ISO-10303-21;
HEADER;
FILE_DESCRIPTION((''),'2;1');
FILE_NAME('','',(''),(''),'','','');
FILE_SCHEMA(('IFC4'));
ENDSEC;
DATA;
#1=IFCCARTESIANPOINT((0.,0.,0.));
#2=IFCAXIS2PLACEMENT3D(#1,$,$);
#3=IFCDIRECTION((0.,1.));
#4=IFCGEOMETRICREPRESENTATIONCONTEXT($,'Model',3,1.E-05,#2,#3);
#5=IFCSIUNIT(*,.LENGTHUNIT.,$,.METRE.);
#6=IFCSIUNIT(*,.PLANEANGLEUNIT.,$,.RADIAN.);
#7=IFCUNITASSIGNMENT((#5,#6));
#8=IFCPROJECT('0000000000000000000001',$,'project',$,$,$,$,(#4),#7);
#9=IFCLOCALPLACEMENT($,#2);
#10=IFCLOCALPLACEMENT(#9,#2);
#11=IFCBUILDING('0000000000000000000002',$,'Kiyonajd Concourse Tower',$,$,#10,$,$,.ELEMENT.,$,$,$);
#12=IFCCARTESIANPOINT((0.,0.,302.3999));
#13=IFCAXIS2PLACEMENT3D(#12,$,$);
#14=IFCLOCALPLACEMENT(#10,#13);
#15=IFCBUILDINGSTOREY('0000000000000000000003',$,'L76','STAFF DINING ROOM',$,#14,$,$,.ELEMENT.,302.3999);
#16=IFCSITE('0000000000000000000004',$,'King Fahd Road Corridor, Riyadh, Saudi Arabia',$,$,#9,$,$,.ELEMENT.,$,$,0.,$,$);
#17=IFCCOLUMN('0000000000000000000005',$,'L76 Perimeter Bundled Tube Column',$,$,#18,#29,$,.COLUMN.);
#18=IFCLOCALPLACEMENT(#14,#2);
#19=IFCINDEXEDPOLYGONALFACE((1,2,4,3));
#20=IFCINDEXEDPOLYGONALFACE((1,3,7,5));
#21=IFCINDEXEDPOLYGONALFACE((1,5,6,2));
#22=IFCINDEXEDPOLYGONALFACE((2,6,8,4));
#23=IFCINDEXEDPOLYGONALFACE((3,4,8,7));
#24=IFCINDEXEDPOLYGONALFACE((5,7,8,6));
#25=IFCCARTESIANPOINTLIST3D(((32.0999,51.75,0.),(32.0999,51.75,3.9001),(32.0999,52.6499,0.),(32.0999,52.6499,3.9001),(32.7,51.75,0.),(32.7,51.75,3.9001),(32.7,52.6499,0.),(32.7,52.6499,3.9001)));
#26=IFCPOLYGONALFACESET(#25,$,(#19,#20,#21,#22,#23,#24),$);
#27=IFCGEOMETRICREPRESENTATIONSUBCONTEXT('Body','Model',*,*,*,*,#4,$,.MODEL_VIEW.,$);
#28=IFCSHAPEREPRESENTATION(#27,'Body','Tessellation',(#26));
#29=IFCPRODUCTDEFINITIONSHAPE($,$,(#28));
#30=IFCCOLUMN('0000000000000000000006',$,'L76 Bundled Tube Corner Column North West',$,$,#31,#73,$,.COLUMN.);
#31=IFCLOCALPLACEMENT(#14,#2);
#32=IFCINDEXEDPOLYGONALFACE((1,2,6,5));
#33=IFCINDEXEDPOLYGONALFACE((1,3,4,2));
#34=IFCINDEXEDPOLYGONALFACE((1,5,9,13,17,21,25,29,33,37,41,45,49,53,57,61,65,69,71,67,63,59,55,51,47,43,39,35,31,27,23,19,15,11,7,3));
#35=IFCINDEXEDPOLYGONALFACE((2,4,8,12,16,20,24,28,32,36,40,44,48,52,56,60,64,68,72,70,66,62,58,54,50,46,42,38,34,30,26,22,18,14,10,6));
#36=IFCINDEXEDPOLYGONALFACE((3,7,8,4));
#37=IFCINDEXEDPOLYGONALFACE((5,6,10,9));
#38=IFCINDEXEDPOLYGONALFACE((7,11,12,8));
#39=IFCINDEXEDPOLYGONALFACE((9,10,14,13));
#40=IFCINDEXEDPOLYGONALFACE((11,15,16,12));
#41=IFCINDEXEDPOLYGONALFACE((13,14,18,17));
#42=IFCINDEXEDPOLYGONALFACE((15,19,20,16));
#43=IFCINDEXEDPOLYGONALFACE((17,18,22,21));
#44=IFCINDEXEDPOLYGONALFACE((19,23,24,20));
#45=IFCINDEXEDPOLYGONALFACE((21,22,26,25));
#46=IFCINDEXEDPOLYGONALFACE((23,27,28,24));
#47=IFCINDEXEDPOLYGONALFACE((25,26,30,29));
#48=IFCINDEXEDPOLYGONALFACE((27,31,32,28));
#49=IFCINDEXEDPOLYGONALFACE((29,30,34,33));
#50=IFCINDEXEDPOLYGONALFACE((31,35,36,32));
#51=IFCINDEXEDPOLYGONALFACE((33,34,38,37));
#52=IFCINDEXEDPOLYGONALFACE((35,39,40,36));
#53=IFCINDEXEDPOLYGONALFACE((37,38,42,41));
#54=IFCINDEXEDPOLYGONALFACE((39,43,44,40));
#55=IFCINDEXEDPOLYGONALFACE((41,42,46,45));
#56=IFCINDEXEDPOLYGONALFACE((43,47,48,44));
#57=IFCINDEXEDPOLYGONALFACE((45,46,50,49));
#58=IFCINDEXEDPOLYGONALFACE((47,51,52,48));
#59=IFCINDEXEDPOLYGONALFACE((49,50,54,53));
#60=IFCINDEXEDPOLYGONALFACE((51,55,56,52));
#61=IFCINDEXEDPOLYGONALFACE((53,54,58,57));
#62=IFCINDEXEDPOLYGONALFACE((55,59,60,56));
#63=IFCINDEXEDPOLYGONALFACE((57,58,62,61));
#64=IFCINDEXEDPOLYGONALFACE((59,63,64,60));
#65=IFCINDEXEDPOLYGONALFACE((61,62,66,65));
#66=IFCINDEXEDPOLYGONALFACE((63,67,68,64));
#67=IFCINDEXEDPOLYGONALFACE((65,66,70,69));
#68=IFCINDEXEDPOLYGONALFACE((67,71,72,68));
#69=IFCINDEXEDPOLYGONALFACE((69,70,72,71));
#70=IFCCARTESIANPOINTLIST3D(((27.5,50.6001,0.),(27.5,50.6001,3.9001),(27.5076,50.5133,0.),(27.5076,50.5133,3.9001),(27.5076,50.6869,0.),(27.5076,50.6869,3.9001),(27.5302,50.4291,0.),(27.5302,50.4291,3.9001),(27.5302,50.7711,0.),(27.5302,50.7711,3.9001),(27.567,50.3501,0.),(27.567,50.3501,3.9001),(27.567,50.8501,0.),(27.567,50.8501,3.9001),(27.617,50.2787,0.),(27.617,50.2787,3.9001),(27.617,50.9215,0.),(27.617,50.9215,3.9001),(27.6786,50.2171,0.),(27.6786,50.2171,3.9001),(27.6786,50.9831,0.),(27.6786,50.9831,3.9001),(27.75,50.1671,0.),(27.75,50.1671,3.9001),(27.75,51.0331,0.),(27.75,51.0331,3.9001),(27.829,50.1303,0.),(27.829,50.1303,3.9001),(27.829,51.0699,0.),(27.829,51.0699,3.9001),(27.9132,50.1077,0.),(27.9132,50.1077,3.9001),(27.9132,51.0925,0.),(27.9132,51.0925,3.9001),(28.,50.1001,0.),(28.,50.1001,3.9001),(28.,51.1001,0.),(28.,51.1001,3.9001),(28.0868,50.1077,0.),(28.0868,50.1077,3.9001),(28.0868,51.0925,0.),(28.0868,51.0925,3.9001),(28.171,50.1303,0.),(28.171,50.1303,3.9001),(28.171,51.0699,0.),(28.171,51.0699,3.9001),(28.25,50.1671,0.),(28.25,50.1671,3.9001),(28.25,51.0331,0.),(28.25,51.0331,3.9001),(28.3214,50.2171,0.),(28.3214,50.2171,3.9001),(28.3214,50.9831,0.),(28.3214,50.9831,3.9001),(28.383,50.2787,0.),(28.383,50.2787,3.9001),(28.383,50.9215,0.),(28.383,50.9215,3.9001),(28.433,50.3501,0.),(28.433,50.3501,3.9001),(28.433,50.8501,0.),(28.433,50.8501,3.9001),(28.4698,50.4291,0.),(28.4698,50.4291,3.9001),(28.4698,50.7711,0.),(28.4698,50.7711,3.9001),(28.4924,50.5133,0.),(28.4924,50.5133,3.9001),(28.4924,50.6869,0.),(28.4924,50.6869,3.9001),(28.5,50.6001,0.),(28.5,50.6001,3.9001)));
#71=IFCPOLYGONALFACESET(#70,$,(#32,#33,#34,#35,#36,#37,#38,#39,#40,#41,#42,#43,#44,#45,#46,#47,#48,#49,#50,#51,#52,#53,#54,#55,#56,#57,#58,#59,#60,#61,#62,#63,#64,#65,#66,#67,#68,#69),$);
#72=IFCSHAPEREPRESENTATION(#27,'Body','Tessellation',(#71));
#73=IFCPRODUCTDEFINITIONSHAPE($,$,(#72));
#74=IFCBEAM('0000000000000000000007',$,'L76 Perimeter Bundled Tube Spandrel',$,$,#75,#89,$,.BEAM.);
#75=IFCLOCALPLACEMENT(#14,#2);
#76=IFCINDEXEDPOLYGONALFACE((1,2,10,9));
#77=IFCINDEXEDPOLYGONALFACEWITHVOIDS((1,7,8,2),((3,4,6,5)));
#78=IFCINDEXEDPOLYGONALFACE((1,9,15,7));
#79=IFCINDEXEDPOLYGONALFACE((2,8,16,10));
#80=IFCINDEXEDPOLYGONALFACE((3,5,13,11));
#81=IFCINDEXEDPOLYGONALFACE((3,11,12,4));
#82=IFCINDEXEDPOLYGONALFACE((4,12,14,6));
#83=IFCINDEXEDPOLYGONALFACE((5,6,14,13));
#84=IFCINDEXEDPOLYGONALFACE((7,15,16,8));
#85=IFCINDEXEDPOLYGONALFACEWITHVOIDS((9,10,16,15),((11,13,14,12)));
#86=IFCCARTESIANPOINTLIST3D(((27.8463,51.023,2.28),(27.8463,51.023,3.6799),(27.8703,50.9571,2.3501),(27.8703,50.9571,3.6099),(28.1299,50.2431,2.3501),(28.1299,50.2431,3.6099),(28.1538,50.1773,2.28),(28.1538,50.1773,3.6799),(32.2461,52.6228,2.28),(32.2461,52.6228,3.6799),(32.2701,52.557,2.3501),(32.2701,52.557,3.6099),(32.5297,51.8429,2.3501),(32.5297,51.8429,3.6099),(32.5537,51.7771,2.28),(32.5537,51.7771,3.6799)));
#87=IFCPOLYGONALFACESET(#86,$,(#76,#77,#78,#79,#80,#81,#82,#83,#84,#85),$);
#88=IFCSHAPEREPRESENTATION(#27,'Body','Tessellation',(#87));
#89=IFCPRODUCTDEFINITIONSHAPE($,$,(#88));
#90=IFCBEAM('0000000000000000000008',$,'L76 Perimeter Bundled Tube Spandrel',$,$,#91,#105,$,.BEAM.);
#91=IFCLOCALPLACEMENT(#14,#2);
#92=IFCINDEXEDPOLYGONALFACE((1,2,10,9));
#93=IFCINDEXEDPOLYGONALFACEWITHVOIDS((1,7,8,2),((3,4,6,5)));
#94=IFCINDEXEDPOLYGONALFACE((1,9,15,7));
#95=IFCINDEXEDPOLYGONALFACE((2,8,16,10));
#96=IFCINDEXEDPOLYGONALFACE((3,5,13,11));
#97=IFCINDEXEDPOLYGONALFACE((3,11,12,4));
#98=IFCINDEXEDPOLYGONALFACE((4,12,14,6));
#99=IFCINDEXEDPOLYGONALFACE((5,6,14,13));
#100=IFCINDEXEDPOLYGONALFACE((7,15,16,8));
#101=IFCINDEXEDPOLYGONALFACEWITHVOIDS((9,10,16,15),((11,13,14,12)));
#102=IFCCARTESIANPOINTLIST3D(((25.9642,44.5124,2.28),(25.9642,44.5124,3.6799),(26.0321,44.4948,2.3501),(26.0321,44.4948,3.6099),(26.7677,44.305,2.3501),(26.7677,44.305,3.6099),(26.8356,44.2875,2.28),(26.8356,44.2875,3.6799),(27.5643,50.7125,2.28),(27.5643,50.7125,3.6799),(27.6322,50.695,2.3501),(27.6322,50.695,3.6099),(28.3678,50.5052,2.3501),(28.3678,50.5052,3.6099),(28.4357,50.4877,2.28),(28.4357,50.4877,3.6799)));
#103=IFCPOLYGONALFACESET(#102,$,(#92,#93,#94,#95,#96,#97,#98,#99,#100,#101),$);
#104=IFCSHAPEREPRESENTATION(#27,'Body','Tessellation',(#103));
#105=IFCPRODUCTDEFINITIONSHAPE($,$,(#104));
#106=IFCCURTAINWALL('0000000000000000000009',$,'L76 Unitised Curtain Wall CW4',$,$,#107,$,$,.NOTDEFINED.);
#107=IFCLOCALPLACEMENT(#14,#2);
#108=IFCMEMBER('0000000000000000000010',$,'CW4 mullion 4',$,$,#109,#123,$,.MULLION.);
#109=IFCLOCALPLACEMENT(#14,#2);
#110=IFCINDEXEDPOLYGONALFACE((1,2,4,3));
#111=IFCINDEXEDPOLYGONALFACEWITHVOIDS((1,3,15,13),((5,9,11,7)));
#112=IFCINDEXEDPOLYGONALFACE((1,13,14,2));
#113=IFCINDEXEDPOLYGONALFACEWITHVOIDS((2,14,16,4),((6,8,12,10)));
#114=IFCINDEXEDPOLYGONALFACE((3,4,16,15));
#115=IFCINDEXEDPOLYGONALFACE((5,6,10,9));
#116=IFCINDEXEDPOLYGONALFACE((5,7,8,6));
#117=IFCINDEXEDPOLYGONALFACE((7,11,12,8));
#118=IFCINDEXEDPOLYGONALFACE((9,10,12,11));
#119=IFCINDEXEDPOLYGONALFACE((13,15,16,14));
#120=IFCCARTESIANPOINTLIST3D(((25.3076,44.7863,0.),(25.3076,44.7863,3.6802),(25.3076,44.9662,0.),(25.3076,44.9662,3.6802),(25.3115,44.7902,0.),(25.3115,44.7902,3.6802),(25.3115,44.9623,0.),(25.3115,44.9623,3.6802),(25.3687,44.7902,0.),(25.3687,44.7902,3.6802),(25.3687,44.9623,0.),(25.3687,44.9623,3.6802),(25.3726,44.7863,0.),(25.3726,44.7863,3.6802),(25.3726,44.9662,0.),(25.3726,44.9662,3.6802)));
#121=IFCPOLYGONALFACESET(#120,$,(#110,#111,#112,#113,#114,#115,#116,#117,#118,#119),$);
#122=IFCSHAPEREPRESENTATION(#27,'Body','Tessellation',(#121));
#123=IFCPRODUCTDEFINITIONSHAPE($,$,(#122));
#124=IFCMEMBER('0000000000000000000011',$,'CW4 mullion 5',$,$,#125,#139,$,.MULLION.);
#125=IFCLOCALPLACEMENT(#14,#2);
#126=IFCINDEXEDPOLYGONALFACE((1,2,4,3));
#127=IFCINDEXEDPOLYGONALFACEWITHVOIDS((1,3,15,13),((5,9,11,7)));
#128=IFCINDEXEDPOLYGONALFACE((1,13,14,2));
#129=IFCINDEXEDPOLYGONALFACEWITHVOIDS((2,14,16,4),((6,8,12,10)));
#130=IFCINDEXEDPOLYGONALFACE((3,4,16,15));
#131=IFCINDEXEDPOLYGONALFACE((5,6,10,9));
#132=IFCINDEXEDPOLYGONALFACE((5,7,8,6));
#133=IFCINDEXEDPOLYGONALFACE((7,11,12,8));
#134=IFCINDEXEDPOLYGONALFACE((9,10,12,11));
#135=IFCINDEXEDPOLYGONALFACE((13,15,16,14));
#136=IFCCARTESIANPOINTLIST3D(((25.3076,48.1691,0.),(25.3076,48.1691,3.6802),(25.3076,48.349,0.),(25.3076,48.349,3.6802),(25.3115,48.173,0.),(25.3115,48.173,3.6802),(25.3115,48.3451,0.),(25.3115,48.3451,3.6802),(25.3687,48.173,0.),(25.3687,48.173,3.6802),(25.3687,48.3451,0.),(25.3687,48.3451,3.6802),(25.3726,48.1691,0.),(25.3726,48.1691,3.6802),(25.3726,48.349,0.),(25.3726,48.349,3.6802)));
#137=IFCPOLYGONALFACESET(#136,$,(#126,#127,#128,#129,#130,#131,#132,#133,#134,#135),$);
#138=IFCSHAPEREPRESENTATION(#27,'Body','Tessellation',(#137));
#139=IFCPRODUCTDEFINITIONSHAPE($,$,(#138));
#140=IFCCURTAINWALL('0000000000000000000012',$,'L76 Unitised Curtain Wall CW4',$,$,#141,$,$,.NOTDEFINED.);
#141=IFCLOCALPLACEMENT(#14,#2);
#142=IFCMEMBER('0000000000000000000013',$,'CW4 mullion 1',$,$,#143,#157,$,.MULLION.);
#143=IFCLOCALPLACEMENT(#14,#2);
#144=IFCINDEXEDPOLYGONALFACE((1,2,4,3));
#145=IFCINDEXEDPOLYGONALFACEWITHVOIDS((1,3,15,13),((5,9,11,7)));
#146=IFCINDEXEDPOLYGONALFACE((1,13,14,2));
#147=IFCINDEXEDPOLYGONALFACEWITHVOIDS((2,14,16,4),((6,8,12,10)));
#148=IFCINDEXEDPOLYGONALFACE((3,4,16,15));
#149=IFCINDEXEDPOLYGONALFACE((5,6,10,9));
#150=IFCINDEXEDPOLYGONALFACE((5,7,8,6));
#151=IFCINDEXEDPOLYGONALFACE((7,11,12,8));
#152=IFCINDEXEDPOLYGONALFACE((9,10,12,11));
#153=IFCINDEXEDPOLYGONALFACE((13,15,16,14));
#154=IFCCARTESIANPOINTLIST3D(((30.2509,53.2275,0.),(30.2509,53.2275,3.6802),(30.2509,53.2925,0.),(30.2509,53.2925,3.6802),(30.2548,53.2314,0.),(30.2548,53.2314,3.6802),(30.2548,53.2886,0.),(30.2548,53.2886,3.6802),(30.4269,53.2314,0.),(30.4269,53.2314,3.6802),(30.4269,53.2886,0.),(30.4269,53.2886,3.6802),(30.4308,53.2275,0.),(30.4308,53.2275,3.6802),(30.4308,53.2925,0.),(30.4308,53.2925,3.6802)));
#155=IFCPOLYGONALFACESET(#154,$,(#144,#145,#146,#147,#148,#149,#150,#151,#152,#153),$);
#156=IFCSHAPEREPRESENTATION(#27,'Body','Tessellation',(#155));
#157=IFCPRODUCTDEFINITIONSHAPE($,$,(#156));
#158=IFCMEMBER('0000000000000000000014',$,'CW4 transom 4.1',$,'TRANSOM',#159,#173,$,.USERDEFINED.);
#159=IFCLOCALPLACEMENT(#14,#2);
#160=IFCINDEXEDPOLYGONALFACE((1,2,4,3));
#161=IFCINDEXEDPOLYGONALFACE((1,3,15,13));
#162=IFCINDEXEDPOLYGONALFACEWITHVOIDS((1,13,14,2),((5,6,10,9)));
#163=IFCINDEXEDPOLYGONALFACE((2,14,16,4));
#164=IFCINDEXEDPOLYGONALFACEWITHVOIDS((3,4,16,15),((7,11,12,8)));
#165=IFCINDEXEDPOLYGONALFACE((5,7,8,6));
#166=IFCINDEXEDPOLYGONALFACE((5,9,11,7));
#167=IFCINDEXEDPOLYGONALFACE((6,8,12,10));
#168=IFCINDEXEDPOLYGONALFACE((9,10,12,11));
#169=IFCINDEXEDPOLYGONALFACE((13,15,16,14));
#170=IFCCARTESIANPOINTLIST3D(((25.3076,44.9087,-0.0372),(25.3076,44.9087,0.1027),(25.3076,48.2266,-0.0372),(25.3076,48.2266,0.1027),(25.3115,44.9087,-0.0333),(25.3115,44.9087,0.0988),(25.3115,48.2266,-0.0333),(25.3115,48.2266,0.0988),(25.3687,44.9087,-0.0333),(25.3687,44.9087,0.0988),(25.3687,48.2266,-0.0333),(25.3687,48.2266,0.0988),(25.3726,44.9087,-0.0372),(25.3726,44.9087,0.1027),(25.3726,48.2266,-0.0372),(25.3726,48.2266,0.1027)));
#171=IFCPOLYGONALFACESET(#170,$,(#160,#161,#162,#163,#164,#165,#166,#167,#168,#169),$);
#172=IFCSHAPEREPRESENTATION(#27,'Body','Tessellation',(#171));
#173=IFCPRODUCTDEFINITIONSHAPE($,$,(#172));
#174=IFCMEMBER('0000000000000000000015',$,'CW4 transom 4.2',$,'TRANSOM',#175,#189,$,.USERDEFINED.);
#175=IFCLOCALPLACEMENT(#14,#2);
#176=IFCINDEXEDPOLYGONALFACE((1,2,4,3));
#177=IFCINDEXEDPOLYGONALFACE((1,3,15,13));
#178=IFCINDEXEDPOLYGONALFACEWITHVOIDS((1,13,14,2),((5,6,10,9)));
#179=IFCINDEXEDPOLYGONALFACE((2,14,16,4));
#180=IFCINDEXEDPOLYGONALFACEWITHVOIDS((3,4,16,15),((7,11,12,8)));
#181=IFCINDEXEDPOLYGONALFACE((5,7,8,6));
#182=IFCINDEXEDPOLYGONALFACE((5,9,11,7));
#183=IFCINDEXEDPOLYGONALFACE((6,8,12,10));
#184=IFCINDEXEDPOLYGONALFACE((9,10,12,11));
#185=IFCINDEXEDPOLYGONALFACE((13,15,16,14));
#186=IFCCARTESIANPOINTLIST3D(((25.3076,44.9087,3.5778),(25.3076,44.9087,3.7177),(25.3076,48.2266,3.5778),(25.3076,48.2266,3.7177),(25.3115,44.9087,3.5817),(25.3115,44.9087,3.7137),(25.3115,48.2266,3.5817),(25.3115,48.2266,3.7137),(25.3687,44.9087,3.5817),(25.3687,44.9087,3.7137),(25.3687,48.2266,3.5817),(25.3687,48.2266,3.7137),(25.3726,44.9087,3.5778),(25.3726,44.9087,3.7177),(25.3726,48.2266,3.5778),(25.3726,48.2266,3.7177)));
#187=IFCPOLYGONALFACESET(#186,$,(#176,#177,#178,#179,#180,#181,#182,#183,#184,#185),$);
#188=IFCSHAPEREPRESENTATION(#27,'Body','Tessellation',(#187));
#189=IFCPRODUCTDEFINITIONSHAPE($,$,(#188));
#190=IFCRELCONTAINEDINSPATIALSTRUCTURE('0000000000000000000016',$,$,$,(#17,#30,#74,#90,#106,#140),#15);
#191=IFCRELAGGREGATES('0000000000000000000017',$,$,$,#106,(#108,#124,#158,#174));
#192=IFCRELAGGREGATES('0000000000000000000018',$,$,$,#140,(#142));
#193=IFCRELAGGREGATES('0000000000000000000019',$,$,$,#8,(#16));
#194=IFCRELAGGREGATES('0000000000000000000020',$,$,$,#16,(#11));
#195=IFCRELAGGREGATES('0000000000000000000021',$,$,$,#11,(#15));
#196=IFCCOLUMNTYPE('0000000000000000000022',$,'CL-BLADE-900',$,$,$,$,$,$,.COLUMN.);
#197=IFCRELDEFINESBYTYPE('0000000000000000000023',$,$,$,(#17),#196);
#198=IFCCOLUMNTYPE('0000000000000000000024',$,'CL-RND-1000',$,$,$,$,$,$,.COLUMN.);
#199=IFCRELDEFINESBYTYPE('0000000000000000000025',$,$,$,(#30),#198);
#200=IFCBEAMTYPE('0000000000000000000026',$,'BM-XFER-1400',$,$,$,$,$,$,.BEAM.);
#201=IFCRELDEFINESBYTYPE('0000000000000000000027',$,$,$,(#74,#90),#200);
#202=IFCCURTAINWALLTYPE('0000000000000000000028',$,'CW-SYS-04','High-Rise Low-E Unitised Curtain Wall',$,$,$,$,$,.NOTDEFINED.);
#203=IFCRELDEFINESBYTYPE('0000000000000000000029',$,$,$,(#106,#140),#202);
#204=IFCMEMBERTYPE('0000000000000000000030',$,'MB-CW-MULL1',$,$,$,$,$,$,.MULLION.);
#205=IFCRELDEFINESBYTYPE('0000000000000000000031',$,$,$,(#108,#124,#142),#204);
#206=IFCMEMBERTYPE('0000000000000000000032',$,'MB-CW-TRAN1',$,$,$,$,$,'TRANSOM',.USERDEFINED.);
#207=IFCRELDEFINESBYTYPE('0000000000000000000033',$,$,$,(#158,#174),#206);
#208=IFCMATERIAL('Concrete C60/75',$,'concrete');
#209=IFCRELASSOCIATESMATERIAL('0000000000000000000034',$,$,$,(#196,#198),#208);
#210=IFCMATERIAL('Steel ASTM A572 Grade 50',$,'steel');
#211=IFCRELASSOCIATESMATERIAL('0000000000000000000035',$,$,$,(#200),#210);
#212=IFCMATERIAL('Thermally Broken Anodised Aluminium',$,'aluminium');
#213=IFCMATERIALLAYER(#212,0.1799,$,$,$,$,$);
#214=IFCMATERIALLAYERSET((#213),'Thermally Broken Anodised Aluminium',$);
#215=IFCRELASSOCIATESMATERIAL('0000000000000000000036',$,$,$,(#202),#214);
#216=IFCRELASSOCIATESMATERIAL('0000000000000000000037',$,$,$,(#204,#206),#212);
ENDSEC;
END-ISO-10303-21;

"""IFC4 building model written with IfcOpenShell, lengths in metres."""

from ifc_helpers import new_model, si_unit, direction, frame, origin, origin_2d, place, context, subcontext, project, spatial, rectangle, hollow_rectangle, circle, extrude, material, layer, layer_set, material_profile, profile_set, type_object, element, aggregate, save


model = new_model("IFC4")

# Units and contexts
model_context = context("Model", 3, precision=1e-05, world=origin(), true_north=direction((0.0, 1.0)))
body_context = subcontext(model_context, "Body", "Model", "MODEL_VIEW")
ifc_project = project(units=[si_unit("LENGTHUNIT", "METRE"), si_unit("PLANEANGLEUNIT", "RADIAN")], contexts=[model_context])

# Site, building, storey
site_placement = place(None, origin())
site = spatial("IfcSite", under=ifc_project, at=site_placement, Name="King Fahd Road Corridor, Riyadh, Saudi Arabia", CompositionType="ELEMENT", RefElevation=0.0)
building_placement = place(site_placement, origin())
building = spatial("IfcBuilding", under=site, at=building_placement, Name="Kiyonajd Concourse Tower", CompositionType="ELEMENT")
storey_placement = place(building_placement, frame((0.0, 0.0, 302.3999)))
storey = spatial("IfcBuildingStorey", under=building, at=storey_placement, Name="L76", Description="STAFF DINING ROOM", CompositionType="ELEMENT", Elevation=302.3999)

# Columns
ifc_material_1 = material(Name="Concrete C60/75", Category="concrete")
ifc_material_profile_1 = material_profile(ifc_material_1, rectangle(XDim=0.6001, YDim=0.8999, at=origin_2d()), Name="RC-900x600")
ifc_profile_set_1 = profile_set([ifc_material_profile_1], Name="Concrete C60/75")
column_type_1 = type_object("IfcColumnType", Name="CL-BLADE-900", PredefinedType="COLUMN", material=ifc_profile_set_1)
column_1_placement = place(storey_placement, frame((32.3999, 52.2, 0.0), z_axis=(0.0, 0.0, 1.0), x_axis=(1.0, 0.0, 0.0)))
element("IfcColumn", 1, at=column_1_placement, inside=storey, type_object=column_type_1, Name="L76 Perimeter Bundled Tube Column", PredefinedType="COLUMN", context=body_context, shape_type="SweptSolid", body=[
    extrude(rectangle(XDim=0.6001, YDim=0.8999, at=origin_2d()), origin(), (0.0, 0.0, 1.0), 3.9001),
])
ifc_material_profile_2 = material_profile(ifc_material_1, circle(Radius=0.5, at=origin_2d()), Name="RCC-D1000")
ifc_profile_set_2 = profile_set([ifc_material_profile_2], Name="Concrete C60/75")
column_type_2 = type_object("IfcColumnType", Name="CL-RND-1000", PredefinedType="COLUMN", material=ifc_profile_set_2)
column_2_placement = place(storey_placement, frame((28.0, 50.6001, 0.0), z_axis=(0.0, 0.0, 1.0), x_axis=(1.0, 0.0, 0.0)))
element("IfcColumn", 2, at=column_2_placement, inside=storey, type_object=column_type_2, Name="L76 Bundled Tube Corner Column North West", PredefinedType="COLUMN", context=body_context, shape_type="SweptSolid", body=[
    extrude(circle(Radius=0.5, at=origin_2d()), origin(), (0.0, 0.0, 1.0), 3.9001),
])

# Beams
ifc_material_2 = material(Name="Steel ASTM A572 Grade 50", Category="steel")
ifc_material_profile_3 = material_profile(ifc_material_2, hollow_rectangle(XDim=0.8999, YDim=1.3999, WallThickness=0.0701, at=origin_2d()), Name="BOX-1400x900x70")
ifc_profile_set_3 = profile_set([ifc_material_profile_3], Name="Steel ASTM A572 Grade 50")
beam_type = type_object("IfcBeamType", Name="BM-XFER-1400", PredefinedType="BEAM", material=ifc_profile_set_3)
beam_1_placement = place(storey_placement, frame((32.3999, 52.2, 2.98), z_axis=(-0.939801, -0.341722, 0.0), x_axis=(0.341722, -0.939801, 0.0)))
element("IfcBeam", 3, at=beam_1_placement, inside=storey, type_object=beam_type, Name="L76 Perimeter Bundled Tube Spandrel", PredefinedType="BEAM", context=body_context, shape_type="SweptSolid", body=[
    extrude(hollow_rectangle(XDim=0.8999, YDim=1.3999, WallThickness=0.0701, at=origin_2d()), origin(), (0.0, 0.0, 1.0), 4.6816),
])
beam_2_placement = place(storey_placement, frame((28.0, 50.6001, 2.98), z_axis=(-0.249885, -0.968276, 0.0), x_axis=(0.968276, -0.249885, 0.0)))
element("IfcBeam", 4, at=beam_2_placement, inside=storey, type_object=beam_type, Name="L76 Perimeter Bundled Tube Spandrel", PredefinedType="BEAM", context=body_context, shape_type="SweptSolid", body=[
    extrude(hollow_rectangle(XDim=0.8999, YDim=1.3999, WallThickness=0.0701, at=origin_2d()), origin(), (0.0, 0.0, 1.0), 6.4033),
])

# Curtain wall, members
ifc_material_3 = material(Name="Thermally Broken Anodised Aluminium", Category="aluminium")
ifc_layer_1 = layer(ifc_material_3, 0.1799)
ifc_layer_set_1 = layer_set([ifc_layer_1], Name="Thermally Broken Anodised Aluminium")
curtain_wall_type = type_object("IfcCurtainWallType", Name="CW-SYS-04", Description="High-Rise Low-E Unitised Curtain Wall", PredefinedType="NOTDEFINED", material=ifc_layer_set_1)
curtain_wall_1_placement = place(storey_placement, origin())
curtain_wall_1 = element("IfcCurtainWall", 5, at=curtain_wall_1_placement, inside=storey, type_object=curtain_wall_type, Name="L76 Unitised Curtain Wall CW4", PredefinedType="NOTDEFINED")
ifc_material_profile_4 = material_profile(ifc_material_3, hollow_rectangle(XDim=0.0649, YDim=0.1799, WallThickness=0.0039, at=origin_2d()), Name="MULL-65x180")
ifc_profile_set_4 = profile_set([ifc_material_profile_4], Name="Thermally Broken Anodised Aluminium")
member_type_1 = type_object("IfcMemberType", Name="MB-CW-MULL1", PredefinedType="MULLION", material=ifc_profile_set_4)
member_1_placement = place(storey_placement, frame((25.3401, 44.8762, 0.0), z_axis=(0.0, 0.0, 1.0), x_axis=(-1.0, 0.0, 0.0)))
member_1 = element("IfcMember", 6, at=member_1_placement, type_object=member_type_1, Name="CW4 mullion 4", PredefinedType="MULLION", context=body_context, shape_type="SweptSolid", body=[
    extrude(hollow_rectangle(XDim=0.0649, YDim=0.1799, WallThickness=0.0039, at=origin_2d()), origin(), (0.0, 0.0, 1.0), 3.6802),
])
member_2_placement = place(storey_placement, frame((25.3401, 48.259, 0.0), z_axis=(0.0, 0.0, 1.0), x_axis=(-1.0, 0.0, 0.0)))
member_2 = element("IfcMember", 7, at=member_2_placement, type_object=member_type_1, Name="CW4 mullion 5", PredefinedType="MULLION", context=body_context, shape_type="SweptSolid", body=[
    extrude(hollow_rectangle(XDim=0.0649, YDim=0.1799, WallThickness=0.0039, at=origin_2d()), origin(), (0.0, 0.0, 1.0), 3.6802),
])

# Curtain wall, member
curtain_wall_2_placement = place(storey_placement, origin())
curtain_wall_2 = element("IfcCurtainWall", 8, at=curtain_wall_2_placement, inside=storey, type_object=curtain_wall_type, Name="L76 Unitised Curtain Wall CW4", PredefinedType="NOTDEFINED")
member_3_placement = place(storey_placement, frame((30.3408, 53.26, 0.0), z_axis=(0.0, 0.0, 1.0), x_axis=(0.0, 1.0, 0.0)))
member_3 = element("IfcMember", 9, at=member_3_placement, type_object=member_type_1, Name="CW4 mullion 1", PredefinedType="MULLION", context=body_context, shape_type="SweptSolid", body=[
    extrude(hollow_rectangle(XDim=0.0649, YDim=0.1799, WallThickness=0.0039, at=origin_2d()), origin(), (0.0, 0.0, 1.0), 3.6802),
])

# Members
ifc_material_profile_5 = material_profile(ifc_material_3, hollow_rectangle(XDim=0.0649, YDim=0.1399, WallThickness=0.0039, at=origin_2d()), Name="TRAN-65x140")
ifc_profile_set_5 = profile_set([ifc_material_profile_5], Name="Thermally Broken Anodised Aluminium")
member_type_2 = type_object("IfcMemberType", Name="MB-CW-TRAN1", ElementType="TRANSOM", PredefinedType="USERDEFINED", material=ifc_profile_set_5)
member_4_placement = place(storey_placement, frame((25.3401, 44.9087, 0.0327), z_axis=(0.0, 1.0, 0.0), x_axis=(-1.0, 0.0, 0.0)))
member_4 = element("IfcMember", 10, at=member_4_placement, type_object=member_type_2, Name="CW4 transom 4.1", ObjectType="TRANSOM", PredefinedType="USERDEFINED", context=body_context, shape_type="SweptSolid", body=[
    extrude(hollow_rectangle(XDim=0.0649, YDim=0.1399, WallThickness=0.0039, at=origin_2d()), origin(), (0.0, 0.0, 1.0), 3.3179),
])
member_5_placement = place(storey_placement, frame((25.3401, 44.9087, 3.6477), z_axis=(0.0, 1.0, 0.0), x_axis=(-1.0, 0.0, 0.0)))
member_5 = element("IfcMember", 11, at=member_5_placement, type_object=member_type_2, Name="CW4 transom 4.2", ObjectType="TRANSOM", PredefinedType="USERDEFINED", context=body_context, shape_type="SweptSolid", body=[
    extrude(hollow_rectangle(XDim=0.0649, YDim=0.1399, WallThickness=0.0039, at=origin_2d()), origin(), (0.0, 0.0, 1.0), 3.3179),
])

aggregate(curtain_wall_1, [member_1, member_2, member_4, member_5])
aggregate(curtain_wall_2, [member_3])

save(model, "model.ifc")
